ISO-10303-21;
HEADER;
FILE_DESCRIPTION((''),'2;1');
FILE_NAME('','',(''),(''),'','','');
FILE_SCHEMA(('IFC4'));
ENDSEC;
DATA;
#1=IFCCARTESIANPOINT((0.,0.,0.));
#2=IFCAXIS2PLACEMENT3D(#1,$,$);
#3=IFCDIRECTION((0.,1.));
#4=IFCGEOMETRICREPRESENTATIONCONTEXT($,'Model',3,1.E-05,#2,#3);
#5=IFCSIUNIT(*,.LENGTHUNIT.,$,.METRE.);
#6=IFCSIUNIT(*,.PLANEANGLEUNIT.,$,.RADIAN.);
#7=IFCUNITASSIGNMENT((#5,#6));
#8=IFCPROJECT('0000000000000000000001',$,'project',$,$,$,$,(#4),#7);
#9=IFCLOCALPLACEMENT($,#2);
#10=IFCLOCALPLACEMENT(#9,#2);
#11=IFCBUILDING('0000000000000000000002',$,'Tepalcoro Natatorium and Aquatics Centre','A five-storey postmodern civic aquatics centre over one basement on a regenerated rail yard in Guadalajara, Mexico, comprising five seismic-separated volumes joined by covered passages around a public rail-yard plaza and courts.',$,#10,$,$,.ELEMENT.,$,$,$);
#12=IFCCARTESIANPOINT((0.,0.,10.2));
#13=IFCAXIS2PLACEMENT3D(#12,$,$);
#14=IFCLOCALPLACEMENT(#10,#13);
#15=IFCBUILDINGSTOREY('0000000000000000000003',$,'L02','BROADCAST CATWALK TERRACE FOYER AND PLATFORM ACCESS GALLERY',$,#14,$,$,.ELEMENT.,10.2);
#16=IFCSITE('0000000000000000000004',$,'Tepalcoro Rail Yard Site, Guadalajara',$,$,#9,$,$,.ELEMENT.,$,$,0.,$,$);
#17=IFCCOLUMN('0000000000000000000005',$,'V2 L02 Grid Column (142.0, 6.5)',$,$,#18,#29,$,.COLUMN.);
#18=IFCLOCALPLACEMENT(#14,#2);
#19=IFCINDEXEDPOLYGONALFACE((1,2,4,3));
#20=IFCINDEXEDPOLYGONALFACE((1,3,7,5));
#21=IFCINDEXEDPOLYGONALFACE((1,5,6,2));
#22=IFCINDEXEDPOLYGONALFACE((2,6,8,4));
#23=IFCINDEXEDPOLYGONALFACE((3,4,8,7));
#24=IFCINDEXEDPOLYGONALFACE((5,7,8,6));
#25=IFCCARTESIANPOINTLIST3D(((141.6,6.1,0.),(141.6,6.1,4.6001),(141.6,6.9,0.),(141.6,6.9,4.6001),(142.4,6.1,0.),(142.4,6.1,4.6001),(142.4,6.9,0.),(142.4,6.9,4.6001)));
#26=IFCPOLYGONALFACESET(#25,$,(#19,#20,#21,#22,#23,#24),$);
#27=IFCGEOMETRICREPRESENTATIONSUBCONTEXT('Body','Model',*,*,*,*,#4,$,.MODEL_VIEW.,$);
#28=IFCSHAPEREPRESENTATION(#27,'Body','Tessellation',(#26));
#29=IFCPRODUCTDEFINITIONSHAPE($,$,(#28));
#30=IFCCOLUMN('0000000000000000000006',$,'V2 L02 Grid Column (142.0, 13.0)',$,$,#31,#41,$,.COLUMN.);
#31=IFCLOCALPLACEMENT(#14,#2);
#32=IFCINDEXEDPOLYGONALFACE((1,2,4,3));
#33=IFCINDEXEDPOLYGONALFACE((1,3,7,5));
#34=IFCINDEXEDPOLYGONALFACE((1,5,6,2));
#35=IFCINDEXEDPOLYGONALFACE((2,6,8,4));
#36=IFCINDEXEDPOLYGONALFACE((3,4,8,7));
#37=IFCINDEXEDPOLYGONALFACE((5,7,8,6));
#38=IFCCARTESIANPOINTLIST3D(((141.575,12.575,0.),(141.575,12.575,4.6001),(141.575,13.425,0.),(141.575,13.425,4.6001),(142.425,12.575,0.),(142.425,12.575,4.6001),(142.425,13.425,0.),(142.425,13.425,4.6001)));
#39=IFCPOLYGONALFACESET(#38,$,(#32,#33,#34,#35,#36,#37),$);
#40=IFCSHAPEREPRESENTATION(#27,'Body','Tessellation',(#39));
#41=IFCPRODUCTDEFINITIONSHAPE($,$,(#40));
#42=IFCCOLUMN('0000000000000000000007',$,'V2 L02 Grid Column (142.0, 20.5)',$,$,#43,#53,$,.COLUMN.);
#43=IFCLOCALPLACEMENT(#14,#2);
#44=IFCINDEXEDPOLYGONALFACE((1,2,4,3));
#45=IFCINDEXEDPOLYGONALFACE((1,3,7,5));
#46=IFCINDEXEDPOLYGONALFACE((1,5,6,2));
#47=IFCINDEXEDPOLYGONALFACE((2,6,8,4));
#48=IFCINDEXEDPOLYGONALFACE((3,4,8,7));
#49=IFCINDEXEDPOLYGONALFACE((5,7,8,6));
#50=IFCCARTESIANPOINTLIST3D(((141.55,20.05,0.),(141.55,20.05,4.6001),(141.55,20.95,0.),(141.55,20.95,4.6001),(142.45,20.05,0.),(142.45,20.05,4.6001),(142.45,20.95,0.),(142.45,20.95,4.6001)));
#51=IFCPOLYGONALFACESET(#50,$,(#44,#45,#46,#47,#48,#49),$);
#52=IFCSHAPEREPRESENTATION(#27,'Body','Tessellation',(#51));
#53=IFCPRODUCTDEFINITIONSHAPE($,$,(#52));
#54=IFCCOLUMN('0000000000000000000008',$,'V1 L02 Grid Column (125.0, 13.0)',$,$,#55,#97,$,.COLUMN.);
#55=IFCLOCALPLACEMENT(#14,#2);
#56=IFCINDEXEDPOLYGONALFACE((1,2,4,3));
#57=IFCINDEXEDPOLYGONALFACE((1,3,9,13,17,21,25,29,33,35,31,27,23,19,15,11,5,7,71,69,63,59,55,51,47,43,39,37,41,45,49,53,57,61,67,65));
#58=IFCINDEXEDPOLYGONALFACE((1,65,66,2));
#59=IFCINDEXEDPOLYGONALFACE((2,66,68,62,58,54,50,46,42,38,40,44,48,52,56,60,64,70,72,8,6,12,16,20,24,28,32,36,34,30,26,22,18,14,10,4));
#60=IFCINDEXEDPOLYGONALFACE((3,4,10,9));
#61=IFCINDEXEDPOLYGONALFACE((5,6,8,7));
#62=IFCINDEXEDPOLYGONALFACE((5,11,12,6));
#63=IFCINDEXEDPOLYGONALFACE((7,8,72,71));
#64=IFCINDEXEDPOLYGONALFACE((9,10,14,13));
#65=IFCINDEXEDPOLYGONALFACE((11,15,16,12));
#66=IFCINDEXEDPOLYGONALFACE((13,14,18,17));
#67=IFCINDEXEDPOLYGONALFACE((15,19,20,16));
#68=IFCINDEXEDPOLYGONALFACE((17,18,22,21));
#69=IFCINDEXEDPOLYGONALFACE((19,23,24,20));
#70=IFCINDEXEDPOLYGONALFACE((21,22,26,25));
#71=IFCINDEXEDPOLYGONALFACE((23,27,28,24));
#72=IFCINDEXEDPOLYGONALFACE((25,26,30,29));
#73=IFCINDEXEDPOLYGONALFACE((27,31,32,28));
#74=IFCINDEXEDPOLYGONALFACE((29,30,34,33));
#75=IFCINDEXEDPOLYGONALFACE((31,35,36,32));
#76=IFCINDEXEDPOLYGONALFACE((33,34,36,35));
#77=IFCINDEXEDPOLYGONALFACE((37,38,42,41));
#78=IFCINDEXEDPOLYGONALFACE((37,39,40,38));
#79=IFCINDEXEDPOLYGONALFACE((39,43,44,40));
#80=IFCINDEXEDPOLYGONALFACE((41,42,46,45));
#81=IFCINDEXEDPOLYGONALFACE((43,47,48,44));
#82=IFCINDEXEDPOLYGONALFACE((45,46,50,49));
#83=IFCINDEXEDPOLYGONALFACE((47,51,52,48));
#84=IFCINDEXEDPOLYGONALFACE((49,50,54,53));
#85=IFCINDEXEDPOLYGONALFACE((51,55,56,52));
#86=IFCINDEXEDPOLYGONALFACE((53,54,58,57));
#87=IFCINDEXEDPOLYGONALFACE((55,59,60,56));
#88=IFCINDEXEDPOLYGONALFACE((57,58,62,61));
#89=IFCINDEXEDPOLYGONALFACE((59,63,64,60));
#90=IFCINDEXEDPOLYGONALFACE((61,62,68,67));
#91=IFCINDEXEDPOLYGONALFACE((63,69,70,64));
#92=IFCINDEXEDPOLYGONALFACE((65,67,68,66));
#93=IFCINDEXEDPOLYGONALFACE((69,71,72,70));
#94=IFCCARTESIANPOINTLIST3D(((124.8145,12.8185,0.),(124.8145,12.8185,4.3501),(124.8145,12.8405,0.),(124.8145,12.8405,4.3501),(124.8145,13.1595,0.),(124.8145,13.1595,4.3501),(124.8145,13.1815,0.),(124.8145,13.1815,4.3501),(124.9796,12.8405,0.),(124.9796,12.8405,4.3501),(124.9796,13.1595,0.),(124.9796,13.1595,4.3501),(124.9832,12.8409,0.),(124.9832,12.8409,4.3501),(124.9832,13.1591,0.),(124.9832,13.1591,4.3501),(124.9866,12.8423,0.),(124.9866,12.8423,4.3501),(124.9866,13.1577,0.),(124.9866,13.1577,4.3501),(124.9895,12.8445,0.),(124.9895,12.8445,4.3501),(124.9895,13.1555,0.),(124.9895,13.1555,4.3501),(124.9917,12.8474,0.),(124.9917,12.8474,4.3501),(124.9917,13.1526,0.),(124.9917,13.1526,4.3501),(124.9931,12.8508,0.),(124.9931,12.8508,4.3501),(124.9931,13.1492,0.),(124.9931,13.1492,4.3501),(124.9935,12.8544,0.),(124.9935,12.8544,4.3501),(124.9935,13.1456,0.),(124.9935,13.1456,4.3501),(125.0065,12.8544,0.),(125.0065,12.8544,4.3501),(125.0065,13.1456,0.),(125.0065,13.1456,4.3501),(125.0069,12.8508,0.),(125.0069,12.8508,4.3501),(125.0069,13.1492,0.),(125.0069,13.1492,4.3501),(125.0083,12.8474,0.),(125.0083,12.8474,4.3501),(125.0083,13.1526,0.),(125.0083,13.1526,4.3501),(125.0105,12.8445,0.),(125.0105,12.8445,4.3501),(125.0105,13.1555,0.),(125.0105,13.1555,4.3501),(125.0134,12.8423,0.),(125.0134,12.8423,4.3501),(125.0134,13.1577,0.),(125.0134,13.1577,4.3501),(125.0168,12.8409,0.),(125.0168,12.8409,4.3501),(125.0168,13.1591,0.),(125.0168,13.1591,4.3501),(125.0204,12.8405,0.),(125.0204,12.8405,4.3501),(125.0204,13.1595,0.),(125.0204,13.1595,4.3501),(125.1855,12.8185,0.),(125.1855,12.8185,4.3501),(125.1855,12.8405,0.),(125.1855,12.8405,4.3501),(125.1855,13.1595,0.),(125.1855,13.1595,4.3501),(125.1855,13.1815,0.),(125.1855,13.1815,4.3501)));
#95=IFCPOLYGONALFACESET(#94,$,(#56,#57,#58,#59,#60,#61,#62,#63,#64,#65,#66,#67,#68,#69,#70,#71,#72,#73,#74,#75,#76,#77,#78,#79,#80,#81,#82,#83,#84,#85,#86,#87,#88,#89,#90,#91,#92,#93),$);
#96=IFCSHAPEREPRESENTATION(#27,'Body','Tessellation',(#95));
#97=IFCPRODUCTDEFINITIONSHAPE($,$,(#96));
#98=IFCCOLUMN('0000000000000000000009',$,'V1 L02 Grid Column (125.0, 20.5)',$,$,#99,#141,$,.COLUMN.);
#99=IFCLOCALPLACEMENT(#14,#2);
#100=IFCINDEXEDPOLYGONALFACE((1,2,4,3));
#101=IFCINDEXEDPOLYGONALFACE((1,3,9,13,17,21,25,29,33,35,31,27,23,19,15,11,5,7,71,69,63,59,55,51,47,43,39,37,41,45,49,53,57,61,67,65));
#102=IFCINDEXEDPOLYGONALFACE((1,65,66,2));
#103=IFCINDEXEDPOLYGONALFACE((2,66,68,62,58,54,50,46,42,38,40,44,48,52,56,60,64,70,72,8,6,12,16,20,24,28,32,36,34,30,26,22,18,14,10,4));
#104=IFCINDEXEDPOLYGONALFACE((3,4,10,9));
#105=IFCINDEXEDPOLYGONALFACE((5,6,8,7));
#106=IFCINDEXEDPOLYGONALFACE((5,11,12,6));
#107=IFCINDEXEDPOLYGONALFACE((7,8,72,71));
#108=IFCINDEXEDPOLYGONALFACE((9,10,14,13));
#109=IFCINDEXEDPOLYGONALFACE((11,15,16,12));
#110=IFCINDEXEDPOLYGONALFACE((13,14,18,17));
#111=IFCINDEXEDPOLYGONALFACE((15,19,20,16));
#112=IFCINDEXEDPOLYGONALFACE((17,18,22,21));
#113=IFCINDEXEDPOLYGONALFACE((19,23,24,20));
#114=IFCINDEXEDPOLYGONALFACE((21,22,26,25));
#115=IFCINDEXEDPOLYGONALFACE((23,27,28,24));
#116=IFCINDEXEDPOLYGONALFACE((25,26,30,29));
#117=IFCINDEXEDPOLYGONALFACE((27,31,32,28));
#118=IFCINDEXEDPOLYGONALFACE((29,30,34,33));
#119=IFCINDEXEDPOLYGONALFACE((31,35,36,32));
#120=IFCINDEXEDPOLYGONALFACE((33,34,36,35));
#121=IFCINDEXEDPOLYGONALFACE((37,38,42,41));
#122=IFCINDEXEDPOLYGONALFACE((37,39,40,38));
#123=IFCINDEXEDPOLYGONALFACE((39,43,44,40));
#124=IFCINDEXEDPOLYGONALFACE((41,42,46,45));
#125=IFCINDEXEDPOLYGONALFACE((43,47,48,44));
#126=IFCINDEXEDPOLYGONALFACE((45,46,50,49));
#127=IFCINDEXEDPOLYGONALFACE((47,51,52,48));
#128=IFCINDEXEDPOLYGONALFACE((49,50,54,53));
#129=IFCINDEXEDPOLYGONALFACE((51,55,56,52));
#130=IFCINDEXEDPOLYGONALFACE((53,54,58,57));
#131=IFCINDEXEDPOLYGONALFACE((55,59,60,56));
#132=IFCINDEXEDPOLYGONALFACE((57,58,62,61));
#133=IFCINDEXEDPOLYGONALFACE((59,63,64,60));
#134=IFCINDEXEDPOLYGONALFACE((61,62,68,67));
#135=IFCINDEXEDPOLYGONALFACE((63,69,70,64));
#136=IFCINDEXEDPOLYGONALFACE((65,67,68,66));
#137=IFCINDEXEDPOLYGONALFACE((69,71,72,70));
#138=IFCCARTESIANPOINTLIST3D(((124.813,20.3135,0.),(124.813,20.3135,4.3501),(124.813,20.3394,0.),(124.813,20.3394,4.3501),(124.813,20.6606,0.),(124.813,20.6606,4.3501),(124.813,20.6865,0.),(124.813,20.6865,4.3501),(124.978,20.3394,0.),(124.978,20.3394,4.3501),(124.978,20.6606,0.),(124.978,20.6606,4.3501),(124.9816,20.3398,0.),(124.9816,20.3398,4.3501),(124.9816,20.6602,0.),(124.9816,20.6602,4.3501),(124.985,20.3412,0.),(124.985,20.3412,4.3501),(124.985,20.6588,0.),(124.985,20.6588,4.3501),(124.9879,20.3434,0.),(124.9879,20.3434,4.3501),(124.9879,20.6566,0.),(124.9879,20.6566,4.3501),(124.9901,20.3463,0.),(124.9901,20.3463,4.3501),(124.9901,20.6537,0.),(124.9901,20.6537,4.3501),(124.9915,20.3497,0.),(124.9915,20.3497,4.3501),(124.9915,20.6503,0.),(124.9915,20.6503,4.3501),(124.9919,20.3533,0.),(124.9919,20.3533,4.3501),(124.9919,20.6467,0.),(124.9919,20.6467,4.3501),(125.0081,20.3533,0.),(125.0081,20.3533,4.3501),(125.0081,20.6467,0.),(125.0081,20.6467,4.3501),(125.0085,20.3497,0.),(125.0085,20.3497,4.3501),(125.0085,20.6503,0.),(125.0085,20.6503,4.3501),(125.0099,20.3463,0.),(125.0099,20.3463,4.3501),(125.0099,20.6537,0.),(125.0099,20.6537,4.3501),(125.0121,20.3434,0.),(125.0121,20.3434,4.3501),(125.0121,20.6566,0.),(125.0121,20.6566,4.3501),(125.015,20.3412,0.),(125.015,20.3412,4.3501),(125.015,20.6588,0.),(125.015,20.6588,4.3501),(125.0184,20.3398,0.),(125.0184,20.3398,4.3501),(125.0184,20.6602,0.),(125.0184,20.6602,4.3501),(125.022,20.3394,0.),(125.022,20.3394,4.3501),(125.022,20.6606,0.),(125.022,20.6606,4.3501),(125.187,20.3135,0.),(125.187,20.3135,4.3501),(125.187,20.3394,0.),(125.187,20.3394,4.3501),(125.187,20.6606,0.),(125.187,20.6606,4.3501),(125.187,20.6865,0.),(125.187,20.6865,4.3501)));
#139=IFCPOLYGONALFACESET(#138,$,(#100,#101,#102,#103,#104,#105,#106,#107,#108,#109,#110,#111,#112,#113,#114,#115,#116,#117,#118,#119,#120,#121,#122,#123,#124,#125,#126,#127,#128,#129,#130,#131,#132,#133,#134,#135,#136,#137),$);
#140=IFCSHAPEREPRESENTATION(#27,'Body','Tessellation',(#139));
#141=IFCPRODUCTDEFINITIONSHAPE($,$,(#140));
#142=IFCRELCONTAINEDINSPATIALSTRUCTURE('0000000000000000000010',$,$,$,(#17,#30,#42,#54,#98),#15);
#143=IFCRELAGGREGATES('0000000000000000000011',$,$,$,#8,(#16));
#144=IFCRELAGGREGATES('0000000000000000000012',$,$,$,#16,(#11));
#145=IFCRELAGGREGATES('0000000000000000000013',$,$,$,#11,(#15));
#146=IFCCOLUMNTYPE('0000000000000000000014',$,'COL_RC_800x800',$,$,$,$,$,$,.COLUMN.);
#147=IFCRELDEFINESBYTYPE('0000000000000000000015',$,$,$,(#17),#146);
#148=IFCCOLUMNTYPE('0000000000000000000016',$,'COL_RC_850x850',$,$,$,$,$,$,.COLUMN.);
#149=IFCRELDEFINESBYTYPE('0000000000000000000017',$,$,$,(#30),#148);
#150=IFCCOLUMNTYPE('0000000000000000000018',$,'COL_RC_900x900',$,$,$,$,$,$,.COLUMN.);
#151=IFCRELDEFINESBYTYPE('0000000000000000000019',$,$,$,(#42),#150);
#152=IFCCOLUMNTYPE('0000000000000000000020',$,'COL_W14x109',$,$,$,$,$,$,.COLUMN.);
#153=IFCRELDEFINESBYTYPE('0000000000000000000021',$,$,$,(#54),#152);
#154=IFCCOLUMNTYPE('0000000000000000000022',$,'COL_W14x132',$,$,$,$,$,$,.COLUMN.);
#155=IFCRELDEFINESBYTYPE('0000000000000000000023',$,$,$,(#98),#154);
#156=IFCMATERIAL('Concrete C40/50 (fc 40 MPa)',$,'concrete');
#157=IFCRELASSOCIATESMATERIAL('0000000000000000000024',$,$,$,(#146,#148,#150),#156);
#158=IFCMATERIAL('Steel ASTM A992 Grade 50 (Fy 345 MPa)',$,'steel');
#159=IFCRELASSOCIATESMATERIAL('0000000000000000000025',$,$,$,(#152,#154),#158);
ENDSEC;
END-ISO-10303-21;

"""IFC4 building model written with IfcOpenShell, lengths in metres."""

from ifc_helpers import new_model, si_unit, direction, frame, origin, origin_2d, place, context, subcontext, project, spatial, rectangle, i_section, extrude, material, material_profile, profile_set, type_object, element, save


model = new_model("IFC4")

# Units and contexts
model_context = context("Model", 3, precision=1e-05, world=origin(), true_north=direction((0.0, 1.0)))
body_context = subcontext(model_context, "Body", "Model", "MODEL_VIEW")
ifc_project = project(units=[si_unit("LENGTHUNIT", "METRE"), si_unit("PLANEANGLEUNIT", "RADIAN")], contexts=[model_context])

# Site, building, storey
site_placement = place(None, origin())
site = spatial("IfcSite", under=ifc_project, at=site_placement, Name="Tepalcoro Rail Yard Site, Guadalajara", CompositionType="ELEMENT", RefElevation=0.0)
building_placement = place(site_placement, origin())
building = spatial("IfcBuilding", under=site, at=building_placement, Name="Tepalcoro Natatorium and Aquatics Centre", Description="A five-storey postmodern civic aquatics centre over one basement on a regenerated rail yard in Guadalajara, Mexico, comprising five seismic-separated volumes joined by covered passages around a public rail-yard plaza and courts.", CompositionType="ELEMENT")
storey_placement = place(building_placement, frame((0.0, 0.0, 10.2)))
storey = spatial("IfcBuildingStorey", under=building, at=storey_placement, Name="L02", Description="BROADCAST CATWALK TERRACE FOYER AND PLATFORM ACCESS GALLERY", CompositionType="ELEMENT", Elevation=10.2)

# Columns
ifc_material_1 = material(Name="Concrete C40/50 (fc 40 MPa)", Category="concrete")
ifc_material_profile_1 = material_profile(ifc_material_1, rectangle(XDim=0.8, YDim=0.8, at=origin_2d()), Name="RC800x800")
ifc_profile_set_1 = profile_set([ifc_material_profile_1], Name="Concrete C40/50 (fc 40 MPa)")
column_type_1 = type_object("IfcColumnType", Name="COL_RC_800x800", PredefinedType="COLUMN", material=ifc_profile_set_1)
column_1_placement = place(storey_placement, frame((142.0, 6.5, 0.0), z_axis=(0.0, 0.0, 1.0), x_axis=(1.0, 0.0, 0.0)))
element("IfcColumn", 1, at=column_1_placement, inside=storey, type_object=column_type_1, Name="V2 L02 Grid Column (142.0, 6.5)", PredefinedType="COLUMN", context=body_context, shape_type="SweptSolid", body=[
    extrude(rectangle(XDim=0.8, YDim=0.8, at=origin_2d()), origin(), (0.0, 0.0, 1.0), 4.6001),
])
ifc_material_profile_2 = material_profile(ifc_material_1, rectangle(XDim=0.8501, YDim=0.8501, at=origin_2d()), Name="RC850x850")
ifc_profile_set_2 = profile_set([ifc_material_profile_2], Name="Concrete C40/50 (fc 40 MPa)")
column_type_2 = type_object("IfcColumnType", Name="COL_RC_850x850", PredefinedType="COLUMN", material=ifc_profile_set_2)
column_2_placement = place(storey_placement, frame((142.0, 13.0, 0.0), z_axis=(0.0, 0.0, 1.0), x_axis=(1.0, 0.0, 0.0)))
element("IfcColumn", 2, at=column_2_placement, inside=storey, type_object=column_type_2, Name="V2 L02 Grid Column (142.0, 13.0)", PredefinedType="COLUMN", context=body_context, shape_type="SweptSolid", body=[
    extrude(rectangle(XDim=0.8501, YDim=0.8501, at=origin_2d()), origin(), (0.0, 0.0, 1.0), 4.6001),
])
ifc_material_profile_3 = material_profile(ifc_material_1, rectangle(XDim=0.8999, YDim=0.8999, at=origin_2d()), Name="RC900x900")
ifc_profile_set_3 = profile_set([ifc_material_profile_3], Name="Concrete C40/50 (fc 40 MPa)")
column_type_3 = type_object("IfcColumnType", Name="COL_RC_900x900", PredefinedType="COLUMN", material=ifc_profile_set_3)
column_3_placement = place(storey_placement, frame((142.0, 20.5, 0.0), z_axis=(0.0, 0.0, 1.0), x_axis=(1.0, 0.0, 0.0)))
element("IfcColumn", 3, at=column_3_placement, inside=storey, type_object=column_type_3, Name="V2 L02 Grid Column (142.0, 20.5)", PredefinedType="COLUMN", context=body_context, shape_type="SweptSolid", body=[
    extrude(rectangle(XDim=0.8999, YDim=0.8999, at=origin_2d()), origin(), (0.0, 0.0, 1.0), 4.6001),
])
ifc_material_2 = material(Name="Steel ASTM A992 Grade 50 (Fy 345 MPa)", Category="steel")
ifc_material_profile_4 = material_profile(ifc_material_2, i_section(OverallWidth=0.3711, OverallDepth=0.363, WebThickness=0.0129, FlangeThickness=0.022, FilletRadius=0.0139, at=origin_2d()), Name="W14X109")
ifc_profile_set_4 = profile_set([ifc_material_profile_4], Name="Steel ASTM A992 Grade 50 (Fy 345 MPa)")
column_type_4 = type_object("IfcColumnType", Name="COL_W14x109", PredefinedType="COLUMN", material=ifc_profile_set_4)
column_4_placement = place(storey_placement, frame((125.0, 13.0, 0.0), z_axis=(0.0, 0.0, 1.0), x_axis=(1.0, 0.0, 0.0)))
element("IfcColumn", 4, at=column_4_placement, inside=storey, type_object=column_type_4, Name="V1 L02 Grid Column (125.0, 13.0)", PredefinedType="COLUMN", context=body_context, shape_type="SweptSolid", body=[
    extrude(i_section(OverallWidth=0.3711, OverallDepth=0.363, WebThickness=0.0129, FlangeThickness=0.022, FilletRadius=0.0139, at=origin_2d()), origin(), (0.0, 0.0, 1.0), 4.3501),
])
ifc_material_profile_5 = material_profile(ifc_material_2, i_section(OverallWidth=0.374, OverallDepth=0.373, WebThickness=0.0161, FlangeThickness=0.0259, FilletRadius=0.0139, at=origin_2d()), Name="W14X132")
ifc_profile_set_5 = profile_set([ifc_material_profile_5], Name="Steel ASTM A992 Grade 50 (Fy 345 MPa)")
column_type_5 = type_object("IfcColumnType", Name="COL_W14x132", PredefinedType="COLUMN", material=ifc_profile_set_5)
column_5_placement = place(storey_placement, frame((125.0, 20.5, 0.0), z_axis=(0.0, 0.0, 1.0), x_axis=(1.0, 0.0, 0.0)))
element("IfcColumn", 5, at=column_5_placement, inside=storey, type_object=column_type_5, Name="V1 L02 Grid Column (125.0, 20.5)", PredefinedType="COLUMN", context=body_context, shape_type="SweptSolid", body=[
    extrude(i_section(OverallWidth=0.374, OverallDepth=0.373, WebThickness=0.0161, FlangeThickness=0.0259, FilletRadius=0.0139, at=origin_2d()), origin(), (0.0, 0.0, 1.0), 4.3501),
])

save(model, "model.ifc")
